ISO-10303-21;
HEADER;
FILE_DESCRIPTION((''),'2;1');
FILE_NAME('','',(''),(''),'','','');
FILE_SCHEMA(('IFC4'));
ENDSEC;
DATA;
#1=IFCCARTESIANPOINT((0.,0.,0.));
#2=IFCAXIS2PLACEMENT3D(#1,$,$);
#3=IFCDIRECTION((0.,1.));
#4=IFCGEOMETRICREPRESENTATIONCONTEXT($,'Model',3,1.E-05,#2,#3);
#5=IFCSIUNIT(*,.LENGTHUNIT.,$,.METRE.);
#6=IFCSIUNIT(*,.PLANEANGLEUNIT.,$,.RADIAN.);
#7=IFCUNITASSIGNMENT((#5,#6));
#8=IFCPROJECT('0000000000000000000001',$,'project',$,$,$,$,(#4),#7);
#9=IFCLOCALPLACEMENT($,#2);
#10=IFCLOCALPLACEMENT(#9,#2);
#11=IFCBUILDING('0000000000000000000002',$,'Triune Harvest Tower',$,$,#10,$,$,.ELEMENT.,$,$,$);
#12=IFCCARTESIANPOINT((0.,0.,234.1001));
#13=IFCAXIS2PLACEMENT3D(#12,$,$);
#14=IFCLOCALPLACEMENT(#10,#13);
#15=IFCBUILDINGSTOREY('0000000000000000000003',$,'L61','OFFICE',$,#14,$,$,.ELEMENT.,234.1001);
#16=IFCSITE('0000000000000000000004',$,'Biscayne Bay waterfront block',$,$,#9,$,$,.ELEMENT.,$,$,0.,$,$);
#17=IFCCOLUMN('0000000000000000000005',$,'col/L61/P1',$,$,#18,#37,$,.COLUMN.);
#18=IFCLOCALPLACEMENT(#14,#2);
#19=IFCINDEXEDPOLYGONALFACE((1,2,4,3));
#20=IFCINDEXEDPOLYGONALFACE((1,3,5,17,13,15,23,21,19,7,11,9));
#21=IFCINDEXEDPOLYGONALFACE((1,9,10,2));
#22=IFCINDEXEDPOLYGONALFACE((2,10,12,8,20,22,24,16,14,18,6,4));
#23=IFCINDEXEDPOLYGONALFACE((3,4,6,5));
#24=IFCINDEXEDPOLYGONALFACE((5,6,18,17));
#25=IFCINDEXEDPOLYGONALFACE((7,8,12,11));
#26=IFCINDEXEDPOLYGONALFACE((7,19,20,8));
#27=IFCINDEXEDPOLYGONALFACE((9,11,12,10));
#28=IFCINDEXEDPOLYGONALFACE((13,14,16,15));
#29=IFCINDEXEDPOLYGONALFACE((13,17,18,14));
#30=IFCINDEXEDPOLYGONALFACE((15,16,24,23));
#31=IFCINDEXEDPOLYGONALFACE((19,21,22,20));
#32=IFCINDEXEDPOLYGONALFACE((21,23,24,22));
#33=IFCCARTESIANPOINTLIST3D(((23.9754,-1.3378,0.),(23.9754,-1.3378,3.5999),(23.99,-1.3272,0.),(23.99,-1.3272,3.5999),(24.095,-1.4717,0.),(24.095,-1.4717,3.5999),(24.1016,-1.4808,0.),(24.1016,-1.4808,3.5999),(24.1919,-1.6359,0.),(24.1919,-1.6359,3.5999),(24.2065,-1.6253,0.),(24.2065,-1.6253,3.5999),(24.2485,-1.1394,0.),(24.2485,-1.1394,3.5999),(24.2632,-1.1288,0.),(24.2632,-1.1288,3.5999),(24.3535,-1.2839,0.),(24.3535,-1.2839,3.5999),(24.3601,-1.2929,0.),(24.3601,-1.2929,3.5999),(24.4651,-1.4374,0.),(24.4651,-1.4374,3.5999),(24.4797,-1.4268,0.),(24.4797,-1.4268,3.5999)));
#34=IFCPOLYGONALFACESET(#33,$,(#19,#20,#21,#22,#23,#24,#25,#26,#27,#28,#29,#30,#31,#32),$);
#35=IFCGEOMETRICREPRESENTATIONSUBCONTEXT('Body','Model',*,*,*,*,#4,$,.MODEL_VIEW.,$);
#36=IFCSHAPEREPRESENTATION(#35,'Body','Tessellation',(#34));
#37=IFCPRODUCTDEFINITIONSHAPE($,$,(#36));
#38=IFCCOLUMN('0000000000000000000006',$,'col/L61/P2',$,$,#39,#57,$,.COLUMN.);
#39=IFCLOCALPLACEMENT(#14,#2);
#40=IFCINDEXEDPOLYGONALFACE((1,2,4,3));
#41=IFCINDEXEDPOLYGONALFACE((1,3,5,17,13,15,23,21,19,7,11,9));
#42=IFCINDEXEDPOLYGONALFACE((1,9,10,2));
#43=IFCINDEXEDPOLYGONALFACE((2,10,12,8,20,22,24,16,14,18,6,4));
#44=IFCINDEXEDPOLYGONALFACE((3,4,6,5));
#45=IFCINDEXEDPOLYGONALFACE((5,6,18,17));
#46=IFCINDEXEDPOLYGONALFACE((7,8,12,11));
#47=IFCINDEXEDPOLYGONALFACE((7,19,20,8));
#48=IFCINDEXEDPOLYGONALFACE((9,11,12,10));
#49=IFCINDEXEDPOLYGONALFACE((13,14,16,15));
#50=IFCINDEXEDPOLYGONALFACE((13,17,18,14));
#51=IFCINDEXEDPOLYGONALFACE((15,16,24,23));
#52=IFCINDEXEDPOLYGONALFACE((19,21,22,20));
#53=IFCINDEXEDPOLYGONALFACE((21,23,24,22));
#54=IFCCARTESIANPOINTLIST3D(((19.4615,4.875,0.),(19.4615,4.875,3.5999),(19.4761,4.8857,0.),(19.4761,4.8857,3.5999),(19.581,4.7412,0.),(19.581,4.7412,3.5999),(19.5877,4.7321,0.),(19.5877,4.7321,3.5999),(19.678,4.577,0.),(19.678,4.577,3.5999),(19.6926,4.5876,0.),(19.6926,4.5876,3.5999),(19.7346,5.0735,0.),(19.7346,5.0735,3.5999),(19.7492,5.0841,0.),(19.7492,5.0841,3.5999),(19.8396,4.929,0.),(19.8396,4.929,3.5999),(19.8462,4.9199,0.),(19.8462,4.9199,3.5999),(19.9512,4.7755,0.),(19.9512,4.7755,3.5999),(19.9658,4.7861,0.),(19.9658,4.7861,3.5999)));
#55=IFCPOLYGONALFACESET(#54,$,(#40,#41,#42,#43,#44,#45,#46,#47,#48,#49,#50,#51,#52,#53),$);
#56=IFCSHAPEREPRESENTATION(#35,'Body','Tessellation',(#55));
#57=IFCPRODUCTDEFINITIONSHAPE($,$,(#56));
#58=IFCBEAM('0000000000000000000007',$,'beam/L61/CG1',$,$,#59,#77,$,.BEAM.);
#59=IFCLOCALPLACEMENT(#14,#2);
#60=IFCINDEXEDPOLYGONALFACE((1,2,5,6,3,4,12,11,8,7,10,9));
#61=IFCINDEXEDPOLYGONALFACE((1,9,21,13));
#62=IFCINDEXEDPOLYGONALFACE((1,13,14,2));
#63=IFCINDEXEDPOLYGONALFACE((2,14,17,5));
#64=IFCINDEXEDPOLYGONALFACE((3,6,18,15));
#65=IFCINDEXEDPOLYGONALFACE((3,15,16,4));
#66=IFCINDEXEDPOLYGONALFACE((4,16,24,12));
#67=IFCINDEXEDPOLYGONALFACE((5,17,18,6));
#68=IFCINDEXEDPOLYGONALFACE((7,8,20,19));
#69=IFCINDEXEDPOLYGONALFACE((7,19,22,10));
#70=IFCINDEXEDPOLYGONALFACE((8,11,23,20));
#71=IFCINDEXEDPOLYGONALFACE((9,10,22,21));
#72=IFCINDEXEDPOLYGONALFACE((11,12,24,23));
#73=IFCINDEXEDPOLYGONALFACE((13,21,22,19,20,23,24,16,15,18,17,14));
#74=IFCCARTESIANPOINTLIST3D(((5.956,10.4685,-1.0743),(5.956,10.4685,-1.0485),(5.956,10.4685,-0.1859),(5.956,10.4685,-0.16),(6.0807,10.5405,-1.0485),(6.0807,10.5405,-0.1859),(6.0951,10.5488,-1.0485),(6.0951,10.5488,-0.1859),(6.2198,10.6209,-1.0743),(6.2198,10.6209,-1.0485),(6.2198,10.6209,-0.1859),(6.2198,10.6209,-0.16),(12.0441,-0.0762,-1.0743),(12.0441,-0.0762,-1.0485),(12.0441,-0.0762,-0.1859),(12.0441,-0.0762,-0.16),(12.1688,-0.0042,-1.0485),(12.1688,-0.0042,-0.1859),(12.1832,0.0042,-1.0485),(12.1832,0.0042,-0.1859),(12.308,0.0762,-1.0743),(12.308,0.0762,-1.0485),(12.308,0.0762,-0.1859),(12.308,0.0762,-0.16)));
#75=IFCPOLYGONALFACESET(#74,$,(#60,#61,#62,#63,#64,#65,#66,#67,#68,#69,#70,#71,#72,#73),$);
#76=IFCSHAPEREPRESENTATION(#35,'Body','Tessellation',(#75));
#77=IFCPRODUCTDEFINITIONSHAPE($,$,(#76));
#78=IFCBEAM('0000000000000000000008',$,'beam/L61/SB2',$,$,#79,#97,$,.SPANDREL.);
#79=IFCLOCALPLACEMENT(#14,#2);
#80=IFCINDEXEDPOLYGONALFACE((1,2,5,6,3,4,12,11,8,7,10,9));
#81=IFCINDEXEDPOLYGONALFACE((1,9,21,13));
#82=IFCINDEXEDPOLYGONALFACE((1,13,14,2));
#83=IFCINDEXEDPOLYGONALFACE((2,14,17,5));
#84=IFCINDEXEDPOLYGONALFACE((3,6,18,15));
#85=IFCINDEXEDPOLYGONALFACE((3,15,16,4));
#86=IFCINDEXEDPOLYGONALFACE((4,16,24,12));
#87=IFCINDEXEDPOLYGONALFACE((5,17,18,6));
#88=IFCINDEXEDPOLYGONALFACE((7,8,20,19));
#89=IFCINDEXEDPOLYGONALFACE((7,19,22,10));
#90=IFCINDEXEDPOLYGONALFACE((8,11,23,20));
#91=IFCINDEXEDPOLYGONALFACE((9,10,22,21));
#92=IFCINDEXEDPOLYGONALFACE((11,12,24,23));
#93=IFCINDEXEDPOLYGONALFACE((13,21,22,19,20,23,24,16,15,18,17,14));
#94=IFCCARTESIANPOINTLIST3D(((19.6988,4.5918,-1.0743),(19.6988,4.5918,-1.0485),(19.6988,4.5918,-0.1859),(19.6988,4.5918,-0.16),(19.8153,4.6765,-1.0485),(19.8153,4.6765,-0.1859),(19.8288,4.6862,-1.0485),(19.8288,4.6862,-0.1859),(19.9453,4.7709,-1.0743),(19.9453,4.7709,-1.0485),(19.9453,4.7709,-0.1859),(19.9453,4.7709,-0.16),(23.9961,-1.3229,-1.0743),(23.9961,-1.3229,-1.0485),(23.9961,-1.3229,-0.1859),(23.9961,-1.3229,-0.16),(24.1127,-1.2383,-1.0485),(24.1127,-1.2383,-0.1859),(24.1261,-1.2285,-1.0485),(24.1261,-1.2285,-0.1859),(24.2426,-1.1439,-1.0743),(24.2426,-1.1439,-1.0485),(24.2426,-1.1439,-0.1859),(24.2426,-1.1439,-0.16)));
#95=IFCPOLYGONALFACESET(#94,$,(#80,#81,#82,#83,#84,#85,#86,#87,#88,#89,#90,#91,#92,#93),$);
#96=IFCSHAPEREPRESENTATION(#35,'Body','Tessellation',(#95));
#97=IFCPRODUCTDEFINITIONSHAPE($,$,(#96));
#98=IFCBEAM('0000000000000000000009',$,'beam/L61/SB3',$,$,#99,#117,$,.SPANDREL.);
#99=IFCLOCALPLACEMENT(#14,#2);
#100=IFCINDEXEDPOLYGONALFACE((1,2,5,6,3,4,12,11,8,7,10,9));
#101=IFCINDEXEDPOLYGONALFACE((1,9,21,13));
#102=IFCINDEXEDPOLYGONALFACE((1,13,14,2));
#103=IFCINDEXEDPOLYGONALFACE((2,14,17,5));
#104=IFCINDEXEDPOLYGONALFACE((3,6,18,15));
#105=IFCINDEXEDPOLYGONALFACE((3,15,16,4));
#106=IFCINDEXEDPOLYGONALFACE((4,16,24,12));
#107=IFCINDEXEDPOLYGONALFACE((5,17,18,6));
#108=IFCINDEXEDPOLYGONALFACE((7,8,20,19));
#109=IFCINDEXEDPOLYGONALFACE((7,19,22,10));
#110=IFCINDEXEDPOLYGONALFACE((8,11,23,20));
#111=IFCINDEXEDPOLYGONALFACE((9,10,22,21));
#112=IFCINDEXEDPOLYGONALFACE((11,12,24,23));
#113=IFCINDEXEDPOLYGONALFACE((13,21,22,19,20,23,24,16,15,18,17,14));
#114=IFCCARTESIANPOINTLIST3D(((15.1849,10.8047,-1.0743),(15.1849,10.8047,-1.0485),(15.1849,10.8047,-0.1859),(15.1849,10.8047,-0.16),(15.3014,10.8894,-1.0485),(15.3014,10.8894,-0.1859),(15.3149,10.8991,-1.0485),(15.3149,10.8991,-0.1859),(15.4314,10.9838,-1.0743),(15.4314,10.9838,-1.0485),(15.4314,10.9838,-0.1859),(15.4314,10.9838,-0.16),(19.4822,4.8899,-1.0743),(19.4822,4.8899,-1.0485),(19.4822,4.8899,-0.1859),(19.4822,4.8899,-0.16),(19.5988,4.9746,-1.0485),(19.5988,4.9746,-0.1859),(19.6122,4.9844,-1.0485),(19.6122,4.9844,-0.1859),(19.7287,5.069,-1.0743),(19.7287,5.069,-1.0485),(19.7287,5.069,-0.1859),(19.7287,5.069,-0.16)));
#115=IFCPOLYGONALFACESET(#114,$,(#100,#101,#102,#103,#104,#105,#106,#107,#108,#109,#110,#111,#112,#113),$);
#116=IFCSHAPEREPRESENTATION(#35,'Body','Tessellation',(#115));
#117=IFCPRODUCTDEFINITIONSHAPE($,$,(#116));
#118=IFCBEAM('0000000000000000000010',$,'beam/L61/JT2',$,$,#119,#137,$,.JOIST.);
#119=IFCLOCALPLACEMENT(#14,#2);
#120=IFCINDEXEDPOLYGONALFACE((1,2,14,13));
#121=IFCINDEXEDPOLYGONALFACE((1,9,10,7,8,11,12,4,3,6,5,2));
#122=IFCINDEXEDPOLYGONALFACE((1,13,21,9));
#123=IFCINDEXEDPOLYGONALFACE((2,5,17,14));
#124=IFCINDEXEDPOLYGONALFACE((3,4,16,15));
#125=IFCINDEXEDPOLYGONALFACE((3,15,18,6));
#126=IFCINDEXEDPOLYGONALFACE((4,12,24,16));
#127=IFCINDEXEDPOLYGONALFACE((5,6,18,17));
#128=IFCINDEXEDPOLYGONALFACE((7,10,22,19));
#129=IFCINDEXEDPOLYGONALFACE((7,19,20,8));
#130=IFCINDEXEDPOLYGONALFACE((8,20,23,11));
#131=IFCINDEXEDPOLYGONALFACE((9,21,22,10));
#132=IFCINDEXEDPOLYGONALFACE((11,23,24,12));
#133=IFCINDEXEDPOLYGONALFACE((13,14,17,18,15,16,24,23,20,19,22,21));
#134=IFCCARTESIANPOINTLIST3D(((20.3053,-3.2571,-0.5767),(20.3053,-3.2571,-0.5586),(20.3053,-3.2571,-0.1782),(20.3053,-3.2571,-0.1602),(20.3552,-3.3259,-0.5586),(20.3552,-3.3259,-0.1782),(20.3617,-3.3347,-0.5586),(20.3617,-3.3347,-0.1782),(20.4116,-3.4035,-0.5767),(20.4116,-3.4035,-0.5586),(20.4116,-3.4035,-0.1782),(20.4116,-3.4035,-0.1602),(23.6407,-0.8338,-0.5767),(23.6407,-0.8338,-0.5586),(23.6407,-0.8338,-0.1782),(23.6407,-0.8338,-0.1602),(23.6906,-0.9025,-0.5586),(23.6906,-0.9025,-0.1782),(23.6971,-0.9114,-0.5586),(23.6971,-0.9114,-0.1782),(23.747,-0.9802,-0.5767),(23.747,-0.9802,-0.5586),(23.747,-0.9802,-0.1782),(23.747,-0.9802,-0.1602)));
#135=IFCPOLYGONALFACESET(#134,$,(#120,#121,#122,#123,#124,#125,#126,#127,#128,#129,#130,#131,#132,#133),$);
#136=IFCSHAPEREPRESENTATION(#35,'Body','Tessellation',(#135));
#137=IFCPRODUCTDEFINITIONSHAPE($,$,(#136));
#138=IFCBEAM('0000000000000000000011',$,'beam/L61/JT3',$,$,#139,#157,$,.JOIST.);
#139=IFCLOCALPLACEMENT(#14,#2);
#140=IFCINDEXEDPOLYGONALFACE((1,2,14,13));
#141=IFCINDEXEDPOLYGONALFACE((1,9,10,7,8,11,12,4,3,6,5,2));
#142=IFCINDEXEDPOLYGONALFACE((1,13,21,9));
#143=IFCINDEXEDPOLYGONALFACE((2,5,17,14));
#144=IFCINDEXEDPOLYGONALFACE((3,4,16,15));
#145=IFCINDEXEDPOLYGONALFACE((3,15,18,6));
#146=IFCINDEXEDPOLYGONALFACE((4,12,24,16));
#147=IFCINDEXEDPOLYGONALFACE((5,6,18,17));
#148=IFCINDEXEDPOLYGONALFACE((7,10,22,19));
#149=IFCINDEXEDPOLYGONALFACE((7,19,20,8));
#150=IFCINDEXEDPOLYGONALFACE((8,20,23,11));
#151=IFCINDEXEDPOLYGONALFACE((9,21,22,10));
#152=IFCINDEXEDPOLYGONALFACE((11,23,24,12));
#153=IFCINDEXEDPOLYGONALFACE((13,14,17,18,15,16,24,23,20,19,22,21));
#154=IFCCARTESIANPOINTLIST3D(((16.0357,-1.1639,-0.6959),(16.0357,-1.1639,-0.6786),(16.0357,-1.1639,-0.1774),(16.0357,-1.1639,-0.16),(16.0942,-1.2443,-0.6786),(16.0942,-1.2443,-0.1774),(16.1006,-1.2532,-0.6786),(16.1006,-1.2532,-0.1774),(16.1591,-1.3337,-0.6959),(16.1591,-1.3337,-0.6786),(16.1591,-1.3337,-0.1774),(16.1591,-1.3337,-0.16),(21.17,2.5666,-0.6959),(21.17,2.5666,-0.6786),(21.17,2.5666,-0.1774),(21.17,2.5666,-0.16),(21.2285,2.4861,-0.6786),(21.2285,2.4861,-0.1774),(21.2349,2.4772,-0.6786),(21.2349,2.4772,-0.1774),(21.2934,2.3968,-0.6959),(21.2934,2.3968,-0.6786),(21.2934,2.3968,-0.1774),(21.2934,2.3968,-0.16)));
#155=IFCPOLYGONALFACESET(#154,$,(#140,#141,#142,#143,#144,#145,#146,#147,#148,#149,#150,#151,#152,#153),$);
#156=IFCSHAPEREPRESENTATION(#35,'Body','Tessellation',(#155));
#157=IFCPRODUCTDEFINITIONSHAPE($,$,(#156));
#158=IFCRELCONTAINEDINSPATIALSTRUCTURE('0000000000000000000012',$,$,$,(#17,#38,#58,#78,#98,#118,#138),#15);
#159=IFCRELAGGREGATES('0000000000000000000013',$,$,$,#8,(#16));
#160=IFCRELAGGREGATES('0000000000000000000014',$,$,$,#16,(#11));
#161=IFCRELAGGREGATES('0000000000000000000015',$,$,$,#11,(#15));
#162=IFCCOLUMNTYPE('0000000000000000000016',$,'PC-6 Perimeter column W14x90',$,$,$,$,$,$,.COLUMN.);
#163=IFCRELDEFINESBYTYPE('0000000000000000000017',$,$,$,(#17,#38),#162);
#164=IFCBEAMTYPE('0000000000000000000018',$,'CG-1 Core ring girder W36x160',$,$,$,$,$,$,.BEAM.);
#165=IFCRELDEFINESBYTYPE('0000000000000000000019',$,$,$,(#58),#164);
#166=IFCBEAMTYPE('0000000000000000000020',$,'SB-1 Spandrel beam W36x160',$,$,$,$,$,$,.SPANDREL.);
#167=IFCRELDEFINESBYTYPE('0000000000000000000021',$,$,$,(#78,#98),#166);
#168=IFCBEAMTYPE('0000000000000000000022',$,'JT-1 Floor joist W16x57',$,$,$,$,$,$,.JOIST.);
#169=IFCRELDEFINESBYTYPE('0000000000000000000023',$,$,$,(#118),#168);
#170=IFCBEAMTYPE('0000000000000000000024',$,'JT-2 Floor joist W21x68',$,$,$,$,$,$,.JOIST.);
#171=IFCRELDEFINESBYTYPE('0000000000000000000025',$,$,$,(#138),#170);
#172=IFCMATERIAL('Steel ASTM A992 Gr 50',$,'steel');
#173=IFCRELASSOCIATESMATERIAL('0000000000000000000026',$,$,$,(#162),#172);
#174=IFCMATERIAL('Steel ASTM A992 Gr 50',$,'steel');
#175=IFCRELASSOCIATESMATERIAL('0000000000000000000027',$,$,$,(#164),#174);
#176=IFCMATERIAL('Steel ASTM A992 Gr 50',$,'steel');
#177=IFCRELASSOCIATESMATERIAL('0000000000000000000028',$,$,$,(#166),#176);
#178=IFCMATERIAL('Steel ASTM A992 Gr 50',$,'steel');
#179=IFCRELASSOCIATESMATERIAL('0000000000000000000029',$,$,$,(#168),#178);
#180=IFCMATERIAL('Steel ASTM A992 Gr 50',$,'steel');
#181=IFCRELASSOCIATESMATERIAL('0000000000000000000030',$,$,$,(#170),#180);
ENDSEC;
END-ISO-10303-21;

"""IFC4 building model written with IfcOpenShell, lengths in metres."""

from ifc_helpers import new_model, si_unit, direction, frame, origin, origin_2d, place, context, subcontext, project, spatial, i_section, extrude, source, transform, mapped, material, material_profile, profile_set, type_object, element, save


model = new_model("IFC4")

# Units and contexts
model_context = context("Model", 3, precision=1e-05, world=origin(), true_north=direction((0.0, 1.0)))
body_context = subcontext(model_context, "Body", "Model", "MODEL_VIEW")
ifc_project = project(units=[si_unit("LENGTHUNIT", "METRE"), si_unit("PLANEANGLEUNIT", "RADIAN")], contexts=[model_context])

# Site, building, storey
site_placement = place(None, origin())
site = spatial("IfcSite", under=ifc_project, at=site_placement, Name="Biscayne Bay waterfront block", CompositionType="ELEMENT", RefElevation=0.0)
building_placement = place(site_placement, origin())
building = spatial("IfcBuilding", under=site, at=building_placement, Name="Triune Harvest Tower", CompositionType="ELEMENT")
storey_placement = place(building_placement, frame((0.0, 0.0, 234.1001)))
storey = spatial("IfcBuildingStorey", under=building, at=storey_placement, Name="L61", Description="OFFICE", CompositionType="ELEMENT", Elevation=234.1001)

# Columns
ifc_material_1 = material(Name="Steel ASTM A992 Gr 50", Category="steel")
ifc_material_profile_1 = material_profile(ifc_material_1, i_section(OverallWidth=0.3684, OverallDepth=0.3557, WebThickness=0.0112, FlangeThickness=0.0181, at=origin_2d()), Name="W14x90")
ifc_profile_set_1 = profile_set([ifc_material_profile_1], Name="Steel ASTM A992 Gr 50")
column_type = type_object("IfcColumnType", Name="PC-6 Perimeter column W14x90", PredefinedType="COLUMN", material=ifc_profile_set_1)
shared_shape_1 = source(origin(), body_context, "Body", "SweptSolid", [
    extrude(i_section(OverallWidth=0.3684, OverallDepth=0.3557, WebThickness=0.0112, FlangeThickness=0.0181, at=origin_2d()), origin(), (0.0, 0.0, 1.0), 3.5999),
])
for number, where, z_axis, x_axis, name in (
    (1, (24.2275, -1.3823, 0.0), (0.0, 0.0, 1.0), (-0.587785, 0.809017, 0.0), "col/L61/P1"),
    (2, (19.7136, 4.8306, 0.0), (0.0, 0.0, 1.0), (-0.587785, 0.809017, 0.0), "col/L61/P2"),
):
    element("IfcColumn", number, at=place(storey_placement, frame(where, z_axis=z_axis, x_axis=x_axis)), inside=storey, type_object=column_type, Name=name, PredefinedType="COLUMN", context=body_context, shape_type="MappedRepresentation", body=[
        mapped(shared_shape_1, transform((0.0, 0.0, 0.0), scale=1.0)),
    ])

# Beams
ifc_material_2 = material(Name="Steel ASTM A992 Gr 50", Category="steel")
ifc_material_profile_2 = material_profile(ifc_material_2, i_section(OverallWidth=0.3047, OverallDepth=0.9143, WebThickness=0.0166, FlangeThickness=0.0259, at=origin_2d()), Name="W36x160")
ifc_profile_set_2 = profile_set([ifc_material_profile_2], Name="Steel ASTM A992 Gr 50")
beam_type_1 = type_object("IfcBeamType", Name="CG-1 Core ring girder W36x160", PredefinedType="BEAM", material=ifc_profile_set_2)
shared_shape_2 = source(origin(), body_context, "Body", "SweptSolid", [
    extrude(i_section(OverallWidth=0.3047, OverallDepth=0.9143, WebThickness=0.0166, FlangeThickness=0.0259, at=origin_2d()), origin(), (0.0, 0.0, 1.0), 12.176),
])
beam_1_placement = place(storey_placement, frame((12.176, 0.0, -0.6172), z_axis=(-0.50001, 0.86602, 0.0), x_axis=(-0.86602, -0.50001, 0.0)))
element("IfcBeam", 3, at=beam_1_placement, inside=storey, type_object=beam_type_1, Name="beam/L61/CG1", PredefinedType="BEAM", context=body_context, shape_type="MappedRepresentation", body=[
    mapped(shared_shape_2, transform((0.0, 0.0, 0.0), scale=1.0)),
])
ifc_material_3 = material(Name="Steel ASTM A992 Gr 50", Category="steel")
ifc_material_profile_3 = material_profile(ifc_material_3, i_section(OverallWidth=0.3047, OverallDepth=0.9143, WebThickness=0.0166, FlangeThickness=0.0259, at=origin_2d()), Name="W36x160")
ifc_profile_set_3 = profile_set([ifc_material_profile_3], Name="Steel ASTM A992 Gr 50")
beam_type_2 = type_object("IfcBeamType", Name="SB-1 Spandrel beam W36x160", PredefinedType="SPANDREL", material=ifc_profile_set_3)
shared_shape_3 = source(origin(), body_context, "Body", "SweptSolid", [
    extrude(i_section(OverallWidth=0.3047, OverallDepth=0.9143, WebThickness=0.0166, FlangeThickness=0.0259, at=origin_2d()), origin(), (0.0, 0.0, 1.0), 7.311),
])
for number, where, z_axis, x_axis, name in (
    (4, (24.1194, -1.2334, -0.6172), (-0.587786, 0.809016, 0.0), (-0.809016, -0.587786, 0.0), "beam/L61/SB2"),
    (5, (19.6055, 4.9795, -0.6172), (-0.587786, 0.809016, 0.0), (-0.809016, -0.587786, 0.0), "beam/L61/SB3"),
):
    element("IfcBeam", number, at=place(storey_placement, frame(where, z_axis=z_axis, x_axis=x_axis)), inside=storey, type_object=beam_type_2, Name=name, PredefinedType="SPANDREL", context=body_context, shape_type="MappedRepresentation", body=[
        mapped(shared_shape_3, transform((0.0, 0.0, 0.0), scale=1.0)),
    ])
ifc_material_4 = material(Name="Steel ASTM A992 Gr 50", Category="steel")
ifc_material_profile_4 = material_profile(ifc_material_4, i_section(OverallWidth=0.1809, OverallDepth=0.4165, WebThickness=0.011, FlangeThickness=0.0181, at=origin_2d()), Name="W16x57")
ifc_profile_set_4 = profile_set([ifc_material_profile_4], Name="Steel ASTM A992 Gr 50")
beam_type_3 = type_object("IfcBeamType", Name="JT-1 Floor joist W16x57", PredefinedType="JOIST", material=ifc_profile_set_4)
shared_shape_4 = source(origin(), body_context, "Body", "SweptSolid", [
    extrude(i_section(OverallWidth=0.1809, OverallDepth=0.4165, WebThickness=0.011, FlangeThickness=0.0181, at=origin_2d()), origin(), (0.0, 0.0, 1.0), 4.1228),
])
beam_2_placement = place(storey_placement, frame((23.6938, -0.907, -0.3684), z_axis=(-0.809018, -0.587784, 0.0), x_axis=(0.587784, -0.809018, 0.0)))
element("IfcBeam", 6, at=beam_2_placement, inside=storey, type_object=beam_type_3, Name="beam/L61/JT2", PredefinedType="JOIST", context=body_context, shape_type="MappedRepresentation", body=[
    mapped(shared_shape_4, transform((0.0, 0.0, 0.0), scale=1.0)),
])
ifc_material_5 = material(Name="Steel ASTM A992 Gr 50", Category="steel")
ifc_material_profile_5 = material_profile(ifc_material_5, i_section(OverallWidth=0.21, OverallDepth=0.5359, WebThickness=0.011, FlangeThickness=0.0173, at=origin_2d()), Name="W21x68")
ifc_profile_set_5 = profile_set([ifc_material_profile_5], Name="Steel ASTM A992 Gr 50")
beam_type_4 = type_object("IfcBeamType", Name="JT-2 Floor joist W21x68", PredefinedType="JOIST", material=ifc_profile_set_5)
shared_shape_5 = source(origin(), body_context, "Body", "SweptSolid", [
    extrude(i_section(OverallWidth=0.21, OverallDepth=0.5359, WebThickness=0.011, FlangeThickness=0.0173, at=origin_2d()), origin(), (0.0, 0.0, 1.0), 6.3464),
])
beam_3_placement = place(storey_placement, frame((21.2317, 2.4817, -0.428), z_axis=(-0.809002, -0.587806, 0.0), x_axis=(0.587806, -0.809002, 0.0)))
element("IfcBeam", 7, at=beam_3_placement, inside=storey, type_object=beam_type_4, Name="beam/L61/JT3", PredefinedType="JOIST", context=body_context, shape_type="MappedRepresentation", body=[
    mapped(shared_shape_5, transform((0.0, 0.0, 0.0), scale=1.0)),
])

save(model, "model.ifc")
